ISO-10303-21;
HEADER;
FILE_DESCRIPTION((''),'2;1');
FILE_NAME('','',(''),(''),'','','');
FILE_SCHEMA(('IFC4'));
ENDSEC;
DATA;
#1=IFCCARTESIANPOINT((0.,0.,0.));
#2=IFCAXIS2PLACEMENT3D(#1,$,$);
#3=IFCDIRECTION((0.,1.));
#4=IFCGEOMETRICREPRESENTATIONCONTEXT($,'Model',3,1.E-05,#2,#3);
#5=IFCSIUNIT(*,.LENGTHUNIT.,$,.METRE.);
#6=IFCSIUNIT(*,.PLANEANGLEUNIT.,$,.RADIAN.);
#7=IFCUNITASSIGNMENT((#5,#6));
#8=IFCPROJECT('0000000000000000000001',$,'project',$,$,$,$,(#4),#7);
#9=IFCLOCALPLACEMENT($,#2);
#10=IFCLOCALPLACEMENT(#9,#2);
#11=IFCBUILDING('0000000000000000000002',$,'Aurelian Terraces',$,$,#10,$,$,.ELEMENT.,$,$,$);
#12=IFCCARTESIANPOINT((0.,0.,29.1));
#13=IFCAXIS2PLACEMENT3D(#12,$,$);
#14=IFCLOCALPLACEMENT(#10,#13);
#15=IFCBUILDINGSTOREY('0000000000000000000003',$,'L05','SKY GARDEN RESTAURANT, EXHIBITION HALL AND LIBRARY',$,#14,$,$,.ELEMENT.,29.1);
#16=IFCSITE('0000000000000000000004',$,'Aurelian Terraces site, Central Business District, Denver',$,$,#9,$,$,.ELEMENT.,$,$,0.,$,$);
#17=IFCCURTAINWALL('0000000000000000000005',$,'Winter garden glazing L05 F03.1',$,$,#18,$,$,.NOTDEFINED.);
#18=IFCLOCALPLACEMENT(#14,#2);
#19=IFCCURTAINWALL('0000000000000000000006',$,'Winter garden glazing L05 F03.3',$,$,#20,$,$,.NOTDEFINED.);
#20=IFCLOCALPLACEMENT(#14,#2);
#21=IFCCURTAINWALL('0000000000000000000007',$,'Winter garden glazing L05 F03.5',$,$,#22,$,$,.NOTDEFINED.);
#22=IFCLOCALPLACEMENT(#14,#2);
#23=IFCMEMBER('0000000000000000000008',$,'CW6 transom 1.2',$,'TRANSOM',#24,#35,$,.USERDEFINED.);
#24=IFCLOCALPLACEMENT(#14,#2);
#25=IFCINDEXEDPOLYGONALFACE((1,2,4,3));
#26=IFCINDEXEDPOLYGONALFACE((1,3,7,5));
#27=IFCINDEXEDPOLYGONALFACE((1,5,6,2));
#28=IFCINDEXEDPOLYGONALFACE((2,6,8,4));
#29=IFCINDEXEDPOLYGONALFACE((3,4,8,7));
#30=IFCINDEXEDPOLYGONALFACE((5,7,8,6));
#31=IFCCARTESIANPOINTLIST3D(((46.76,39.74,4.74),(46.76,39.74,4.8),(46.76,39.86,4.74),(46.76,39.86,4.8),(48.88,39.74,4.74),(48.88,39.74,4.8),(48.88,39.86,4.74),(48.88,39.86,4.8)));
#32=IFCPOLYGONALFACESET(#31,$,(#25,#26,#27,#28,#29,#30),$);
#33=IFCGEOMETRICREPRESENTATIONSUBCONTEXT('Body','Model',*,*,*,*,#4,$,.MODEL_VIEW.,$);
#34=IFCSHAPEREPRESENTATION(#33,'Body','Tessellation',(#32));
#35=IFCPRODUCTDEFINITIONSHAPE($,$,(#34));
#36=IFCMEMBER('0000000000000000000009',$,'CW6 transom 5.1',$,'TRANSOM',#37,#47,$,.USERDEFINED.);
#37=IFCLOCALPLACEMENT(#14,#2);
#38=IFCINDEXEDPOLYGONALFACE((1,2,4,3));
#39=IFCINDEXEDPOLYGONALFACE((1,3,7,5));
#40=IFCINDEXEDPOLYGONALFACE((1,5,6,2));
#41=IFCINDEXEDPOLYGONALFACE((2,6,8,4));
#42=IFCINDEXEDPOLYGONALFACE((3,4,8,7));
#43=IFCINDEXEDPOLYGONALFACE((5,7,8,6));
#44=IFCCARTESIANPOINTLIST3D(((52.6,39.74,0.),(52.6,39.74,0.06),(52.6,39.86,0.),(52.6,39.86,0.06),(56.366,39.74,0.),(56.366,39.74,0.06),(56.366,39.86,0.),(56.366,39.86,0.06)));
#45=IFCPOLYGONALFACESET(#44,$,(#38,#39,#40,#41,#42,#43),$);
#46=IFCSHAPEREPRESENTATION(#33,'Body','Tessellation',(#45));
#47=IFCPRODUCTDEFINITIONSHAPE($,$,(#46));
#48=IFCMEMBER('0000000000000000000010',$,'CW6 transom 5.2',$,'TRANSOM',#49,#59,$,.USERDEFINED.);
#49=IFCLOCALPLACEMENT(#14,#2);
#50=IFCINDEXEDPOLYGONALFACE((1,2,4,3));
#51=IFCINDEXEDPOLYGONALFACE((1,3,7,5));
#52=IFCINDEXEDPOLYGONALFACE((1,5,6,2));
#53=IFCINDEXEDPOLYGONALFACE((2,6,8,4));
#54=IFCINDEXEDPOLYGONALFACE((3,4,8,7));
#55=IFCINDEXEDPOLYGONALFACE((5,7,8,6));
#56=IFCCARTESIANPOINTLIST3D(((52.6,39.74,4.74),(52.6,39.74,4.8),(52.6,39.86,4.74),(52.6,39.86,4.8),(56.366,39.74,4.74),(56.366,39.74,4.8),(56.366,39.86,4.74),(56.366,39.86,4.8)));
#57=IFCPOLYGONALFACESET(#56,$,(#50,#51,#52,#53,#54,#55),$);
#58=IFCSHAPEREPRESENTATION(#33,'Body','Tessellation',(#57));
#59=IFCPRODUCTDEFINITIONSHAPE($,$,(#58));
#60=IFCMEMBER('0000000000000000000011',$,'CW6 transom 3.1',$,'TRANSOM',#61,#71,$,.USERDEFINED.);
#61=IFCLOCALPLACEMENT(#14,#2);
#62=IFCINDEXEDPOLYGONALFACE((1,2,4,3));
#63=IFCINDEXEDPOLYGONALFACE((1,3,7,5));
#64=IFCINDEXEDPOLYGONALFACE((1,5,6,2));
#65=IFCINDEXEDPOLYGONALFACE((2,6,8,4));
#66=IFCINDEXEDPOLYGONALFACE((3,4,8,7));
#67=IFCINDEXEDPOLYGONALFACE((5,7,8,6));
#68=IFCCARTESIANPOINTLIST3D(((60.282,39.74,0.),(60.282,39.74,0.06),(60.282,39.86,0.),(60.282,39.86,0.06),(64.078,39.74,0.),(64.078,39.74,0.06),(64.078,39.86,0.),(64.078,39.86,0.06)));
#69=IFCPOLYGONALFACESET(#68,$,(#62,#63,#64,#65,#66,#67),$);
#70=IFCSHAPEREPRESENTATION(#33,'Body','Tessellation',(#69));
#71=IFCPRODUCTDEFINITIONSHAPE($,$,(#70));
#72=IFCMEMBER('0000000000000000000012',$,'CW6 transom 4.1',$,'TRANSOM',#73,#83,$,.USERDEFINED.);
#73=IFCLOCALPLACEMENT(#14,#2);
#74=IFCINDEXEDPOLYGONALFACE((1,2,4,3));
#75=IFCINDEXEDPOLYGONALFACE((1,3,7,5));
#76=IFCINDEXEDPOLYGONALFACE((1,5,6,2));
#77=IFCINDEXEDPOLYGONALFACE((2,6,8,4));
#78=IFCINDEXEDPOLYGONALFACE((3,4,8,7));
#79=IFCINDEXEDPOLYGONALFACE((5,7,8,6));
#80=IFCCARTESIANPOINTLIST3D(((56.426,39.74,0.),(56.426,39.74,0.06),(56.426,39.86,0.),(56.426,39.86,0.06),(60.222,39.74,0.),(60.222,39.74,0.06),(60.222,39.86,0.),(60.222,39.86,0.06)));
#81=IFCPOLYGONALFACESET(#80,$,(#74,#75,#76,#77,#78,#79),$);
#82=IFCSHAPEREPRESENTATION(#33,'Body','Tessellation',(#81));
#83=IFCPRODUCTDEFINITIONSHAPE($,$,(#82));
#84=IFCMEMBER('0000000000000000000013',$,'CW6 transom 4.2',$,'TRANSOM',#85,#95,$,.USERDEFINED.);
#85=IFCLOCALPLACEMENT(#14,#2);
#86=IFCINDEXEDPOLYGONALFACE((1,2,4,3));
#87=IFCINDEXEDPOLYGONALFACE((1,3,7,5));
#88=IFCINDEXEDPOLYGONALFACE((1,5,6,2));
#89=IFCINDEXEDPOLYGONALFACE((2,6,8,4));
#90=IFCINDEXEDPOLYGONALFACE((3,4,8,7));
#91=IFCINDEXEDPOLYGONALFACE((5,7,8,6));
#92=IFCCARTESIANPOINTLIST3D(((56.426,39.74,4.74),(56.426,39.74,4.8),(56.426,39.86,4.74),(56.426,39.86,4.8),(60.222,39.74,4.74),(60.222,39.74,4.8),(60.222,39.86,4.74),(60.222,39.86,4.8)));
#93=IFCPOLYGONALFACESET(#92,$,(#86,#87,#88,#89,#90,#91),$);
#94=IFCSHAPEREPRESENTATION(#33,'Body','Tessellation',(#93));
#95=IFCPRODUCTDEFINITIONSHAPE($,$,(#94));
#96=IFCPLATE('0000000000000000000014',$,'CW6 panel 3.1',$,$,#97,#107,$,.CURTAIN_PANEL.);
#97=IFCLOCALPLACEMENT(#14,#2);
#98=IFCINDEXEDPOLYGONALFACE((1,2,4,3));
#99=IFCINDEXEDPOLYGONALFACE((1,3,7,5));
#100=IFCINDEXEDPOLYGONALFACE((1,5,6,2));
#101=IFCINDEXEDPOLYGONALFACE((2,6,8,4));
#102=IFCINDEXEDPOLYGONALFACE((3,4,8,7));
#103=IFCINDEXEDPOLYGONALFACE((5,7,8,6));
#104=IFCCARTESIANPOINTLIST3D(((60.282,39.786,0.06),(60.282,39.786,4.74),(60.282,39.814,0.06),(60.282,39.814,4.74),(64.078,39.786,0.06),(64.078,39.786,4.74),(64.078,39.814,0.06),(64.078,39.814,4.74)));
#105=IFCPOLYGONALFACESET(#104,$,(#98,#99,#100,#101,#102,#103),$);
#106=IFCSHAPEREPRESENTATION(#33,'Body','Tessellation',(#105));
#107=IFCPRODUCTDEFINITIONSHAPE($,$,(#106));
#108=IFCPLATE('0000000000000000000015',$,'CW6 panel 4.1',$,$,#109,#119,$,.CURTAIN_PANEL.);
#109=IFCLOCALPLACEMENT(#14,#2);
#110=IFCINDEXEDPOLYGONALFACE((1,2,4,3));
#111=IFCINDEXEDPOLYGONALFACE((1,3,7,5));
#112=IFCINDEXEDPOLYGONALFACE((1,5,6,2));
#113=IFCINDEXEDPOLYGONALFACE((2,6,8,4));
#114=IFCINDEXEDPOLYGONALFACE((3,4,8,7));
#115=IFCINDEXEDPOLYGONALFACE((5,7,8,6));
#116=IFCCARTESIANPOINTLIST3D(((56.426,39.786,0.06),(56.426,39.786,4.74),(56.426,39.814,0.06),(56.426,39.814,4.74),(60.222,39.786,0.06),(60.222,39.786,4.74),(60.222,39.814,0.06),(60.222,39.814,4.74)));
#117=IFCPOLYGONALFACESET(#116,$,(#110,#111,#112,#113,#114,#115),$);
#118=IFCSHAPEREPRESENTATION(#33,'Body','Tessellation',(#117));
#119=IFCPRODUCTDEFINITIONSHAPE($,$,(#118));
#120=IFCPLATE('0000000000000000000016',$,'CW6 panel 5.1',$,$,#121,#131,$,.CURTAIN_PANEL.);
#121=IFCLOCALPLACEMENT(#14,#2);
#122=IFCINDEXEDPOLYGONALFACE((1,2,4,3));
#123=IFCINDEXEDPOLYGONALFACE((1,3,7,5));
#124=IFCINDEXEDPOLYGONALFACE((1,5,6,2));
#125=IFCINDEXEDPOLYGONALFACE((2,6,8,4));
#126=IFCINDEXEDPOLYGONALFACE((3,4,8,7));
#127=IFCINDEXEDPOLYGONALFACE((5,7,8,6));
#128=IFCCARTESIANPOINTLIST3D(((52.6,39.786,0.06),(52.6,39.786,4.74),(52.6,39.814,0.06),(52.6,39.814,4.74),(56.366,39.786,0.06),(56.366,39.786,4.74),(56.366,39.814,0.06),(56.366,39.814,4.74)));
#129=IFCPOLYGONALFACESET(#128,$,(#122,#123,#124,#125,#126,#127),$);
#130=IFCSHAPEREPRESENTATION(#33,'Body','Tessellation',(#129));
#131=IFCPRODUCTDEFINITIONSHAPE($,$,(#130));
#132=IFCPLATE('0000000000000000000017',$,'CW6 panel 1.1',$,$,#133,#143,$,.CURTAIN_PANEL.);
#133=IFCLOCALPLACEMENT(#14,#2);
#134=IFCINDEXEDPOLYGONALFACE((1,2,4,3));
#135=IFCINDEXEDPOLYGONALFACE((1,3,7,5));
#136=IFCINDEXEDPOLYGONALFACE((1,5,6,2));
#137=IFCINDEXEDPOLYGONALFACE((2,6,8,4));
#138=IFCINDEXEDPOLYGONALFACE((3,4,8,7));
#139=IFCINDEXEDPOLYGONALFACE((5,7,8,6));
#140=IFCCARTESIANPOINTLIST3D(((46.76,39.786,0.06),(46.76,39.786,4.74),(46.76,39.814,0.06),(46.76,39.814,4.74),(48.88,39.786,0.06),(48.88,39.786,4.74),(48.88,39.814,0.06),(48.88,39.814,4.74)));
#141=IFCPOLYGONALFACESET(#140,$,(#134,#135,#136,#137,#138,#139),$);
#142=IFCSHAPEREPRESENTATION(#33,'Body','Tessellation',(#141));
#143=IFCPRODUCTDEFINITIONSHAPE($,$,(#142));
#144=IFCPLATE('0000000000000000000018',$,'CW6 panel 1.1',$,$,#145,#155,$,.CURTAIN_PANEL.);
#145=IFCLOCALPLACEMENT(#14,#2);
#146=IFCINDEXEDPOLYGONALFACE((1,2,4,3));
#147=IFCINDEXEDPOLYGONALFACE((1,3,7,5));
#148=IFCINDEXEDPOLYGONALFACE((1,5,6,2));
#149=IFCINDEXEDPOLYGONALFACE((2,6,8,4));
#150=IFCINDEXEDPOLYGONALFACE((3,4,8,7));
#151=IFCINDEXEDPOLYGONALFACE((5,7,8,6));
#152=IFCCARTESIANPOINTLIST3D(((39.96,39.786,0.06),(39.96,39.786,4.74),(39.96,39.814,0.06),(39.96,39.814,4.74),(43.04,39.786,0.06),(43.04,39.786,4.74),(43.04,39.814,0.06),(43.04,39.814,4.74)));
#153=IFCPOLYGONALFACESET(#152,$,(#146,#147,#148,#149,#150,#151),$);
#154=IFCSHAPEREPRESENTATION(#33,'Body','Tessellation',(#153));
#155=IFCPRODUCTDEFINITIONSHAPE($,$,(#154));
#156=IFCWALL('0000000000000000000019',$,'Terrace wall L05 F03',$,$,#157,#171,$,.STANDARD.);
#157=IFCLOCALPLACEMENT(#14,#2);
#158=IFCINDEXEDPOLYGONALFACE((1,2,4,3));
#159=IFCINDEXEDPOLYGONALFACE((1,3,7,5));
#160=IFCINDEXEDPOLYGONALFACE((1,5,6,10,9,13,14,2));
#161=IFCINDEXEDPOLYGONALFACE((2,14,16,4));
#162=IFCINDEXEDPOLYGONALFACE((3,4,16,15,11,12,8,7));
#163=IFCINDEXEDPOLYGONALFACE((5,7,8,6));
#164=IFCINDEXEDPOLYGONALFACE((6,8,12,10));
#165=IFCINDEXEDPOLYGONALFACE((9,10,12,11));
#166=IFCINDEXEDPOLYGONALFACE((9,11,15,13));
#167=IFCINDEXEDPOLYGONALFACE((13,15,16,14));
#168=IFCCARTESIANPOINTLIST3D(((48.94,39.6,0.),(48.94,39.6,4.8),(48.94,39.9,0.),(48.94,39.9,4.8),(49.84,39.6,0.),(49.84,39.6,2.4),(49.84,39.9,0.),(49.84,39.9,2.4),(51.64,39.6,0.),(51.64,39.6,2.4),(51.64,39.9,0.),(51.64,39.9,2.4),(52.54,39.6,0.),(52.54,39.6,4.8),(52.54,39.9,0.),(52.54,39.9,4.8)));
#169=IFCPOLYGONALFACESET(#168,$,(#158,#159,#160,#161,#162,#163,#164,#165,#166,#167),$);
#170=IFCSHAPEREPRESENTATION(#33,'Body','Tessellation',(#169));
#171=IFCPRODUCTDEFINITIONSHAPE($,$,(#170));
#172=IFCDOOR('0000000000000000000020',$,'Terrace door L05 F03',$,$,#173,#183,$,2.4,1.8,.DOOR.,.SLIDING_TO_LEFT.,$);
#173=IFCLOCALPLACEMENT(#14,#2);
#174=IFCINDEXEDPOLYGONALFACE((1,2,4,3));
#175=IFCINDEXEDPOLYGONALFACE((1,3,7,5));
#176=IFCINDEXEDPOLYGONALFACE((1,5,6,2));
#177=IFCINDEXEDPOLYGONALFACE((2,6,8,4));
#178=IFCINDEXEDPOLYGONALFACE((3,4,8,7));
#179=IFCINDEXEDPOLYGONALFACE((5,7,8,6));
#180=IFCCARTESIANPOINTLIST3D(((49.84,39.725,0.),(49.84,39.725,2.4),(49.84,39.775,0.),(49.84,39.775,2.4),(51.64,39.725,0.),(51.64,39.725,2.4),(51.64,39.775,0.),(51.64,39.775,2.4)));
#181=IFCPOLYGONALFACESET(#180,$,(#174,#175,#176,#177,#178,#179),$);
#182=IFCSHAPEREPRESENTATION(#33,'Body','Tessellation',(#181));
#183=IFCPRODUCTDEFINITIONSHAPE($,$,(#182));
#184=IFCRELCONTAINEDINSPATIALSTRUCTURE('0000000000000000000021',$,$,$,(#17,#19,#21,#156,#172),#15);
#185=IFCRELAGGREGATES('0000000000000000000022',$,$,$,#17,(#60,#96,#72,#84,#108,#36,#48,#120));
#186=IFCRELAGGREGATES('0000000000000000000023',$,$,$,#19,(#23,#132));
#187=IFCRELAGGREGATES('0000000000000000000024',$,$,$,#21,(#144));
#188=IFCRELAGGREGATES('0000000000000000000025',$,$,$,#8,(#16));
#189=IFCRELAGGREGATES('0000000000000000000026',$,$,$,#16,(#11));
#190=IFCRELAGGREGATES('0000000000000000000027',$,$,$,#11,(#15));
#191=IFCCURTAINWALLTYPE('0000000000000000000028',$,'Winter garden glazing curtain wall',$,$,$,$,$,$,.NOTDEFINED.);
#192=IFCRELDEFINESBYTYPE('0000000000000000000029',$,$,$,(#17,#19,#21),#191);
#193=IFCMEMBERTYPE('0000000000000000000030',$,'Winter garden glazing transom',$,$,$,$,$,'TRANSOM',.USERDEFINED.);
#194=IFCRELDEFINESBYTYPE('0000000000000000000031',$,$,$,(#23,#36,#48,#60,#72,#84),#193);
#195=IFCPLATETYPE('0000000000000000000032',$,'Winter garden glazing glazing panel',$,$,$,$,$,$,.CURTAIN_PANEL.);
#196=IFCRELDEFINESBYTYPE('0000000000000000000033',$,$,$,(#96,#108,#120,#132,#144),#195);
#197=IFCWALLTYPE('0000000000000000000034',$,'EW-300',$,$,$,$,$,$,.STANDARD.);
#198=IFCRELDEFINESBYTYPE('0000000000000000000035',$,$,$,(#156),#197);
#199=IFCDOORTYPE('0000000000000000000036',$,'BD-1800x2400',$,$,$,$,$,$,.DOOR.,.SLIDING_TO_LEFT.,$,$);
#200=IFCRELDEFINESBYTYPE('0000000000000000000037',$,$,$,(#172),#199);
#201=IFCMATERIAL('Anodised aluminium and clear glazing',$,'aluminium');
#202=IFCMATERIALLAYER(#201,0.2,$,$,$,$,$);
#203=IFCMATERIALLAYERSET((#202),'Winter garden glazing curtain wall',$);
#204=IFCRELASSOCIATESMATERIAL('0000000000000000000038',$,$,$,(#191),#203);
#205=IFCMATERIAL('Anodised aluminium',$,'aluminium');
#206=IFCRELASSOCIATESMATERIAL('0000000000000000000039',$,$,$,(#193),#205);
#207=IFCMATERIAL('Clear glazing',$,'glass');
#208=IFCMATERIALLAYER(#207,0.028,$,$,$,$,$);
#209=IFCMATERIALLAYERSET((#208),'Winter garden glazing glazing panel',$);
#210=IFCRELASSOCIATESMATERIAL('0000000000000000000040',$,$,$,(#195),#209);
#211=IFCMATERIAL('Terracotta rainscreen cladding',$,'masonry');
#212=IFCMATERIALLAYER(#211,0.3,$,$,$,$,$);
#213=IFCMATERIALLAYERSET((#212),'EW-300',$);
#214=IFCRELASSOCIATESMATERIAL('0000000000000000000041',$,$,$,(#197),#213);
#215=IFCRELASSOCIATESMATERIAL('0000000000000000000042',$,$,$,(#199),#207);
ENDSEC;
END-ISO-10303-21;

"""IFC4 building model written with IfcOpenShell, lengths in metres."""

from ifc_helpers import new_model, si_unit, direction, frame, frame_2d, origin, origin_2d, place, context, subcontext, project, spatial, rectangle, extrude, source, transform, mapped, material, layer, layer_set, material_profile, profile_set, type_object, element, fill, aggregate, save


model = new_model("IFC4")

# Units and contexts
model_context = context("Model", 3, precision=1e-05, world=origin(), true_north=direction((0.0, 1.0)))
body_context = subcontext(model_context, "Body", "Model", "MODEL_VIEW")
ifc_project = project(units=[si_unit("LENGTHUNIT", "METRE"), si_unit("PLANEANGLEUNIT", "RADIAN")], contexts=[model_context])

# Site, building, storey
site_placement = place(None, origin())
site = spatial("IfcSite", under=ifc_project, at=site_placement, Name="Aurelian Terraces site, Central Business District, Denver", CompositionType="ELEMENT", RefElevation=0.0)
building_placement = place(site_placement, origin())
building = spatial("IfcBuilding", under=site, at=building_placement, Name="Aurelian Terraces", CompositionType="ELEMENT")
storey_placement = place(building_placement, frame((0.0, 0.0, 29.1)))
storey = spatial("IfcBuildingStorey", under=building, at=storey_placement, Name="L05", Description="SKY GARDEN RESTAURANT, EXHIBITION HALL AND LIBRARY", CompositionType="ELEMENT", Elevation=29.1)

# Curtain walls
ifc_material_1 = material(Name="Anodised aluminium and clear glazing", Category="aluminium")
ifc_layer_1 = layer(ifc_material_1, 0.2)
ifc_layer_set_1 = layer_set([ifc_layer_1], Name="Winter garden glazing curtain wall")
curtain_wall_type = type_object("IfcCurtainWallType", Name="Winter garden glazing curtain wall", PredefinedType="NOTDEFINED", material=ifc_layer_set_1)
curtain_wall_1_placement = place(storey_placement, origin())
curtain_wall_1 = element("IfcCurtainWall", 1, at=curtain_wall_1_placement, inside=storey, type_object=curtain_wall_type, Name="Winter garden glazing L05 F03.1", PredefinedType="NOTDEFINED")
ifc_material_2 = material(Name="Anodised aluminium", Category="aluminium")
curtain_wall_2_placement = place(storey_placement, origin())
curtain_wall_2 = element("IfcCurtainWall", 2, at=curtain_wall_2_placement, inside=storey, type_object=curtain_wall_type, Name="Winter garden glazing L05 F03.3", PredefinedType="NOTDEFINED")
curtain_wall_3_placement = place(storey_placement, origin())
curtain_wall_3 = element("IfcCurtainWall", 3, at=curtain_wall_3_placement, inside=storey, type_object=curtain_wall_type, Name="Winter garden glazing L05 F03.5", PredefinedType="NOTDEFINED")
ifc_material_profile_1 = material_profile(ifc_material_2, rectangle(XDim=0.12, YDim=0.06, at=origin_2d()))
ifc_profile_set_1 = profile_set([ifc_material_profile_1], Name="Anodised aluminium")
member_type_1 = type_object("IfcMemberType", Name="Winter garden glazing transom", ElementType="TRANSOM", PredefinedType="USERDEFINED", material=ifc_profile_set_1)

# Members
shared_shape_1 = source(origin(), body_context, "Body", "SweptSolid", [
    extrude(rectangle(XDim=0.12, YDim=0.06, at=origin_2d()), origin(), (0.0, 0.0, 1.0), 2.12),
])
member_1_placement = place(storey_placement, frame((48.88, 39.8, 4.77), z_axis=(-1.0, 0.0, 0.0), x_axis=(0.0, -1.0, 0.0)))
member_1 = element("IfcMember", 4, at=member_1_placement, type_object=member_type_1, Name="CW6 transom 1.2", ObjectType="TRANSOM", PredefinedType="USERDEFINED", context=body_context, shape_type="MappedRepresentation", body=[
    mapped(shared_shape_1, transform((0.0, 0.0, 0.0), scale=1.0)),
])
shared_shape_2 = source(origin(), body_context, "Body", "SweptSolid", [
    extrude(rectangle(XDim=0.12, YDim=0.06, at=origin_2d()), origin(), (0.0, 0.0, 1.0), 3.766),
])
member_2_placement = place(storey_placement, frame((56.366, 39.8, 0.03), z_axis=(-1.0, 0.0, 0.0), x_axis=(0.0, -1.0, 0.0)))
member_2 = element("IfcMember", 5, at=member_2_placement, type_object=member_type_1, Name="CW6 transom 5.1", ObjectType="TRANSOM", PredefinedType="USERDEFINED", context=body_context, shape_type="MappedRepresentation", body=[
    mapped(shared_shape_2, transform((0.0, 0.0, 0.0), scale=1.0)),
])
member_3_placement = place(storey_placement, frame((56.366, 39.8, 4.77), z_axis=(-1.0, 0.0, 0.0), x_axis=(0.0, -1.0, 0.0)))
member_3 = element("IfcMember", 6, at=member_3_placement, type_object=member_type_1, Name="CW6 transom 5.2", ObjectType="TRANSOM", PredefinedType="USERDEFINED", context=body_context, shape_type="MappedRepresentation", body=[
    mapped(shared_shape_2, transform((0.0, 0.0, 0.0), scale=1.0)),
])
shared_shape_3 = source(origin(), body_context, "Body", "SweptSolid", [
    extrude(rectangle(XDim=0.12, YDim=0.06, at=origin_2d()), origin(), (0.0, 0.0, 1.0), 3.796),
])
member_4_placement = place(storey_placement, frame((64.078, 39.8, 0.03), z_axis=(-1.0, 0.0, 0.0), x_axis=(0.0, -1.0, 0.0)))
member_4 = element("IfcMember", 7, at=member_4_placement, type_object=member_type_1, Name="CW6 transom 3.1", ObjectType="TRANSOM", PredefinedType="USERDEFINED", context=body_context, shape_type="MappedRepresentation", body=[
    mapped(shared_shape_3, transform((0.0, 0.0, 0.0), scale=1.0)),
])
member_5_placement = place(storey_placement, frame((60.222, 39.8, 0.03), z_axis=(-1.0, 0.0, 0.0), x_axis=(0.0, -1.0, 0.0)))
member_5 = element("IfcMember", 8, at=member_5_placement, type_object=member_type_1, Name="CW6 transom 4.1", ObjectType="TRANSOM", PredefinedType="USERDEFINED", context=body_context, shape_type="MappedRepresentation", body=[
    mapped(shared_shape_3, transform((0.0, 0.0, 0.0), scale=1.0)),
])
member_6_placement = place(storey_placement, frame((60.222, 39.8, 4.77), z_axis=(-1.0, 0.0, 0.0), x_axis=(0.0, -1.0, 0.0)))
member_6 = element("IfcMember", 9, at=member_6_placement, type_object=member_type_1, Name="CW6 transom 4.2", ObjectType="TRANSOM", PredefinedType="USERDEFINED", context=body_context, shape_type="MappedRepresentation", body=[
    mapped(shared_shape_3, transform((0.0, 0.0, 0.0), scale=1.0)),
])

# Plates
ifc_material_3 = material(Name="Clear glazing", Category="glass")
ifc_layer_2 = layer(ifc_material_3, 0.028)
ifc_layer_set_2 = layer_set([ifc_layer_2], Name="Winter garden glazing glazing panel")
plate_type = type_object("IfcPlateType", Name="Winter garden glazing glazing panel", PredefinedType="CURTAIN_PANEL", material=ifc_layer_set_2)
shared_shape_4 = source(origin(), body_context, "Body", "SweptSolid", [
    extrude(rectangle(XDim=3.796, YDim=0.028, at=origin_2d()), origin(), (0.0, 0.0, 1.0), 4.68),
])
plate_1_placement = place(storey_placement, frame((62.18, 39.8, 0.06), z_axis=(0.0, 0.0, 1.0), x_axis=(-1.0, 0.0, 0.0)))
plate_1 = element("IfcPlate", 10, at=plate_1_placement, type_object=plate_type, Name="CW6 panel 3.1", PredefinedType="CURTAIN_PANEL", context=body_context, shape_type="MappedRepresentation", body=[
    mapped(shared_shape_4, transform((0.0, 0.0, 0.0), scale=1.0)),
])
plate_2_placement = place(storey_placement, frame((58.324, 39.8, 0.06), z_axis=(0.0, 0.0, 1.0), x_axis=(-1.0, 0.0, 0.0)))
plate_2 = element("IfcPlate", 11, at=plate_2_placement, type_object=plate_type, Name="CW6 panel 4.1", PredefinedType="CURTAIN_PANEL", context=body_context, shape_type="MappedRepresentation", body=[
    mapped(shared_shape_4, transform((0.0, 0.0, 0.0), scale=1.0)),
])
shared_shape_5 = source(origin(), body_context, "Body", "SweptSolid", [
    extrude(rectangle(XDim=3.766, YDim=0.028, at=origin_2d()), origin(), (0.0, 0.0, 1.0), 4.68),
])
plate_3_placement = place(storey_placement, frame((54.483, 39.8, 0.06), z_axis=(0.0, 0.0, 1.0), x_axis=(-1.0, 0.0, 0.0)))
plate_3 = element("IfcPlate", 12, at=plate_3_placement, type_object=plate_type, Name="CW6 panel 5.1", PredefinedType="CURTAIN_PANEL", context=body_context, shape_type="MappedRepresentation", body=[
    mapped(shared_shape_5, transform((0.0, 0.0, 0.0), scale=1.0)),
])
aggregate(curtain_wall_1, [member_4, plate_1, member_5, member_6, plate_2, member_2, member_3, plate_3])
shared_shape_6 = source(origin(), body_context, "Body", "SweptSolid", [
    extrude(rectangle(XDim=2.12, YDim=0.028, at=origin_2d()), origin(), (0.0, 0.0, 1.0), 4.68),
])
plate_4_placement = place(storey_placement, frame((47.82, 39.8, 0.06), z_axis=(0.0, 0.0, 1.0), x_axis=(-1.0, 0.0, 0.0)))
plate_4 = element("IfcPlate", 13, at=plate_4_placement, type_object=plate_type, Name="CW6 panel 1.1", PredefinedType="CURTAIN_PANEL", context=body_context, shape_type="MappedRepresentation", body=[
    mapped(shared_shape_6, transform((0.0, 0.0, 0.0), scale=1.0)),
])
aggregate(curtain_wall_2, [member_1, plate_4])
shared_shape_7 = source(origin(), body_context, "Body", "SweptSolid", [
    extrude(rectangle(XDim=3.08, YDim=0.028, at=origin_2d()), origin(), (0.0, 0.0, 1.0), 4.68),
])
plate_5_placement = place(storey_placement, frame((41.5, 39.8, 0.06), z_axis=(0.0, 0.0, 1.0), x_axis=(-1.0, 0.0, 0.0)))
plate_5 = element("IfcPlate", 14, at=plate_5_placement, type_object=plate_type, Name="CW6 panel 1.1", PredefinedType="CURTAIN_PANEL", context=body_context, shape_type="MappedRepresentation", body=[
    mapped(shared_shape_7, transform((0.0, 0.0, 0.0), scale=1.0)),
])
aggregate(curtain_wall_3, [plate_5])

# Wall, opening, door
ifc_material_4 = material(Name="Terracotta rainscreen cladding", Category="masonry")
ifc_layer_3 = layer(ifc_material_4, 0.3)
ifc_layer_set_3 = layer_set([ifc_layer_3], Name="EW-300")
wall_type_1 = type_object("IfcWallType", Name="EW-300", PredefinedType="STANDARD", material=ifc_layer_set_3)
shared_shape_8 = source(origin(), body_context, "Body", "SweptSolid", [
    extrude(rectangle(XDim=3.6, YDim=0.3, at=frame_2d((1.8, 0.0))), origin(), (0.0, 0.0, 1.0), 4.8),
])
wall_1_placement = place(storey_placement, frame((52.54, 39.75, 0.0), z_axis=(0.0, 0.0, 1.0), x_axis=(-1.0, 0.0, 0.0)))
wall_1 = element("IfcWall", 15, at=wall_1_placement, inside=storey, type_object=wall_type_1, Name="Terrace wall L05 F03", PredefinedType="STANDARD", context=body_context, shape_type="MappedRepresentation", body=[
    mapped(shared_shape_8, transform((0.0, 0.0, 0.0), scale=1.0)),
])
shared_shape_9 = source(origin(), body_context, "Body", "SweptSolid", [
    extrude(rectangle(XDim=1.8, YDim=2.4, at=frame_2d((0.9, 1.2))), frame((0.0, 0.16, 0.0), z_axis=(0.0, -1.0, 0.0), x_axis=(1.0, 0.0, 0.0)), (0.0, 0.0, 1.0), 0.32),
])
opening_1_placement = place(wall_1_placement, frame((0.9, 0.0, 0.0)))
opening_1 = element("IfcOpeningElement", 16, at=opening_1_placement, cuts=wall_1, PredefinedType="OPENING", context=body_context, shape_type="MappedRepresentation", body=[
    mapped(shared_shape_9, transform((0.0, 0.0, 0.0), scale=1.0)),
])
door_type = type_object("IfcDoorType", Name="BD-1800x2400", OperationType="SLIDING_TO_LEFT", PredefinedType="DOOR", material=ifc_material_3)
shared_shape_10 = source(origin(), body_context, "Body", "SweptSolid", [
    extrude(rectangle(XDim=1.8, YDim=2.4, at=frame_2d((0.9, 1.2))), frame((0.0, 0.025, 0.0), z_axis=(0.0, -1.0, 0.0), x_axis=(1.0, 0.0, 0.0)), (0.0, 0.0, 1.0), 0.05),
])
door_1_placement = place(opening_1_placement, origin())
door_1 = element("IfcDoor", 17, at=door_1_placement, inside=storey, type_object=door_type, Name="Terrace door L05 F03", OperationType="SLIDING_TO_LEFT", OverallHeight=2.4, OverallWidth=1.8, PredefinedType="DOOR", context=body_context, shape_type="MappedRepresentation", body=[
    mapped(shared_shape_10, transform((0.0, 0.0, 0.0), scale=1.0)),
])
fill(opening_1, door_1)

save(model, "model.ifc")
